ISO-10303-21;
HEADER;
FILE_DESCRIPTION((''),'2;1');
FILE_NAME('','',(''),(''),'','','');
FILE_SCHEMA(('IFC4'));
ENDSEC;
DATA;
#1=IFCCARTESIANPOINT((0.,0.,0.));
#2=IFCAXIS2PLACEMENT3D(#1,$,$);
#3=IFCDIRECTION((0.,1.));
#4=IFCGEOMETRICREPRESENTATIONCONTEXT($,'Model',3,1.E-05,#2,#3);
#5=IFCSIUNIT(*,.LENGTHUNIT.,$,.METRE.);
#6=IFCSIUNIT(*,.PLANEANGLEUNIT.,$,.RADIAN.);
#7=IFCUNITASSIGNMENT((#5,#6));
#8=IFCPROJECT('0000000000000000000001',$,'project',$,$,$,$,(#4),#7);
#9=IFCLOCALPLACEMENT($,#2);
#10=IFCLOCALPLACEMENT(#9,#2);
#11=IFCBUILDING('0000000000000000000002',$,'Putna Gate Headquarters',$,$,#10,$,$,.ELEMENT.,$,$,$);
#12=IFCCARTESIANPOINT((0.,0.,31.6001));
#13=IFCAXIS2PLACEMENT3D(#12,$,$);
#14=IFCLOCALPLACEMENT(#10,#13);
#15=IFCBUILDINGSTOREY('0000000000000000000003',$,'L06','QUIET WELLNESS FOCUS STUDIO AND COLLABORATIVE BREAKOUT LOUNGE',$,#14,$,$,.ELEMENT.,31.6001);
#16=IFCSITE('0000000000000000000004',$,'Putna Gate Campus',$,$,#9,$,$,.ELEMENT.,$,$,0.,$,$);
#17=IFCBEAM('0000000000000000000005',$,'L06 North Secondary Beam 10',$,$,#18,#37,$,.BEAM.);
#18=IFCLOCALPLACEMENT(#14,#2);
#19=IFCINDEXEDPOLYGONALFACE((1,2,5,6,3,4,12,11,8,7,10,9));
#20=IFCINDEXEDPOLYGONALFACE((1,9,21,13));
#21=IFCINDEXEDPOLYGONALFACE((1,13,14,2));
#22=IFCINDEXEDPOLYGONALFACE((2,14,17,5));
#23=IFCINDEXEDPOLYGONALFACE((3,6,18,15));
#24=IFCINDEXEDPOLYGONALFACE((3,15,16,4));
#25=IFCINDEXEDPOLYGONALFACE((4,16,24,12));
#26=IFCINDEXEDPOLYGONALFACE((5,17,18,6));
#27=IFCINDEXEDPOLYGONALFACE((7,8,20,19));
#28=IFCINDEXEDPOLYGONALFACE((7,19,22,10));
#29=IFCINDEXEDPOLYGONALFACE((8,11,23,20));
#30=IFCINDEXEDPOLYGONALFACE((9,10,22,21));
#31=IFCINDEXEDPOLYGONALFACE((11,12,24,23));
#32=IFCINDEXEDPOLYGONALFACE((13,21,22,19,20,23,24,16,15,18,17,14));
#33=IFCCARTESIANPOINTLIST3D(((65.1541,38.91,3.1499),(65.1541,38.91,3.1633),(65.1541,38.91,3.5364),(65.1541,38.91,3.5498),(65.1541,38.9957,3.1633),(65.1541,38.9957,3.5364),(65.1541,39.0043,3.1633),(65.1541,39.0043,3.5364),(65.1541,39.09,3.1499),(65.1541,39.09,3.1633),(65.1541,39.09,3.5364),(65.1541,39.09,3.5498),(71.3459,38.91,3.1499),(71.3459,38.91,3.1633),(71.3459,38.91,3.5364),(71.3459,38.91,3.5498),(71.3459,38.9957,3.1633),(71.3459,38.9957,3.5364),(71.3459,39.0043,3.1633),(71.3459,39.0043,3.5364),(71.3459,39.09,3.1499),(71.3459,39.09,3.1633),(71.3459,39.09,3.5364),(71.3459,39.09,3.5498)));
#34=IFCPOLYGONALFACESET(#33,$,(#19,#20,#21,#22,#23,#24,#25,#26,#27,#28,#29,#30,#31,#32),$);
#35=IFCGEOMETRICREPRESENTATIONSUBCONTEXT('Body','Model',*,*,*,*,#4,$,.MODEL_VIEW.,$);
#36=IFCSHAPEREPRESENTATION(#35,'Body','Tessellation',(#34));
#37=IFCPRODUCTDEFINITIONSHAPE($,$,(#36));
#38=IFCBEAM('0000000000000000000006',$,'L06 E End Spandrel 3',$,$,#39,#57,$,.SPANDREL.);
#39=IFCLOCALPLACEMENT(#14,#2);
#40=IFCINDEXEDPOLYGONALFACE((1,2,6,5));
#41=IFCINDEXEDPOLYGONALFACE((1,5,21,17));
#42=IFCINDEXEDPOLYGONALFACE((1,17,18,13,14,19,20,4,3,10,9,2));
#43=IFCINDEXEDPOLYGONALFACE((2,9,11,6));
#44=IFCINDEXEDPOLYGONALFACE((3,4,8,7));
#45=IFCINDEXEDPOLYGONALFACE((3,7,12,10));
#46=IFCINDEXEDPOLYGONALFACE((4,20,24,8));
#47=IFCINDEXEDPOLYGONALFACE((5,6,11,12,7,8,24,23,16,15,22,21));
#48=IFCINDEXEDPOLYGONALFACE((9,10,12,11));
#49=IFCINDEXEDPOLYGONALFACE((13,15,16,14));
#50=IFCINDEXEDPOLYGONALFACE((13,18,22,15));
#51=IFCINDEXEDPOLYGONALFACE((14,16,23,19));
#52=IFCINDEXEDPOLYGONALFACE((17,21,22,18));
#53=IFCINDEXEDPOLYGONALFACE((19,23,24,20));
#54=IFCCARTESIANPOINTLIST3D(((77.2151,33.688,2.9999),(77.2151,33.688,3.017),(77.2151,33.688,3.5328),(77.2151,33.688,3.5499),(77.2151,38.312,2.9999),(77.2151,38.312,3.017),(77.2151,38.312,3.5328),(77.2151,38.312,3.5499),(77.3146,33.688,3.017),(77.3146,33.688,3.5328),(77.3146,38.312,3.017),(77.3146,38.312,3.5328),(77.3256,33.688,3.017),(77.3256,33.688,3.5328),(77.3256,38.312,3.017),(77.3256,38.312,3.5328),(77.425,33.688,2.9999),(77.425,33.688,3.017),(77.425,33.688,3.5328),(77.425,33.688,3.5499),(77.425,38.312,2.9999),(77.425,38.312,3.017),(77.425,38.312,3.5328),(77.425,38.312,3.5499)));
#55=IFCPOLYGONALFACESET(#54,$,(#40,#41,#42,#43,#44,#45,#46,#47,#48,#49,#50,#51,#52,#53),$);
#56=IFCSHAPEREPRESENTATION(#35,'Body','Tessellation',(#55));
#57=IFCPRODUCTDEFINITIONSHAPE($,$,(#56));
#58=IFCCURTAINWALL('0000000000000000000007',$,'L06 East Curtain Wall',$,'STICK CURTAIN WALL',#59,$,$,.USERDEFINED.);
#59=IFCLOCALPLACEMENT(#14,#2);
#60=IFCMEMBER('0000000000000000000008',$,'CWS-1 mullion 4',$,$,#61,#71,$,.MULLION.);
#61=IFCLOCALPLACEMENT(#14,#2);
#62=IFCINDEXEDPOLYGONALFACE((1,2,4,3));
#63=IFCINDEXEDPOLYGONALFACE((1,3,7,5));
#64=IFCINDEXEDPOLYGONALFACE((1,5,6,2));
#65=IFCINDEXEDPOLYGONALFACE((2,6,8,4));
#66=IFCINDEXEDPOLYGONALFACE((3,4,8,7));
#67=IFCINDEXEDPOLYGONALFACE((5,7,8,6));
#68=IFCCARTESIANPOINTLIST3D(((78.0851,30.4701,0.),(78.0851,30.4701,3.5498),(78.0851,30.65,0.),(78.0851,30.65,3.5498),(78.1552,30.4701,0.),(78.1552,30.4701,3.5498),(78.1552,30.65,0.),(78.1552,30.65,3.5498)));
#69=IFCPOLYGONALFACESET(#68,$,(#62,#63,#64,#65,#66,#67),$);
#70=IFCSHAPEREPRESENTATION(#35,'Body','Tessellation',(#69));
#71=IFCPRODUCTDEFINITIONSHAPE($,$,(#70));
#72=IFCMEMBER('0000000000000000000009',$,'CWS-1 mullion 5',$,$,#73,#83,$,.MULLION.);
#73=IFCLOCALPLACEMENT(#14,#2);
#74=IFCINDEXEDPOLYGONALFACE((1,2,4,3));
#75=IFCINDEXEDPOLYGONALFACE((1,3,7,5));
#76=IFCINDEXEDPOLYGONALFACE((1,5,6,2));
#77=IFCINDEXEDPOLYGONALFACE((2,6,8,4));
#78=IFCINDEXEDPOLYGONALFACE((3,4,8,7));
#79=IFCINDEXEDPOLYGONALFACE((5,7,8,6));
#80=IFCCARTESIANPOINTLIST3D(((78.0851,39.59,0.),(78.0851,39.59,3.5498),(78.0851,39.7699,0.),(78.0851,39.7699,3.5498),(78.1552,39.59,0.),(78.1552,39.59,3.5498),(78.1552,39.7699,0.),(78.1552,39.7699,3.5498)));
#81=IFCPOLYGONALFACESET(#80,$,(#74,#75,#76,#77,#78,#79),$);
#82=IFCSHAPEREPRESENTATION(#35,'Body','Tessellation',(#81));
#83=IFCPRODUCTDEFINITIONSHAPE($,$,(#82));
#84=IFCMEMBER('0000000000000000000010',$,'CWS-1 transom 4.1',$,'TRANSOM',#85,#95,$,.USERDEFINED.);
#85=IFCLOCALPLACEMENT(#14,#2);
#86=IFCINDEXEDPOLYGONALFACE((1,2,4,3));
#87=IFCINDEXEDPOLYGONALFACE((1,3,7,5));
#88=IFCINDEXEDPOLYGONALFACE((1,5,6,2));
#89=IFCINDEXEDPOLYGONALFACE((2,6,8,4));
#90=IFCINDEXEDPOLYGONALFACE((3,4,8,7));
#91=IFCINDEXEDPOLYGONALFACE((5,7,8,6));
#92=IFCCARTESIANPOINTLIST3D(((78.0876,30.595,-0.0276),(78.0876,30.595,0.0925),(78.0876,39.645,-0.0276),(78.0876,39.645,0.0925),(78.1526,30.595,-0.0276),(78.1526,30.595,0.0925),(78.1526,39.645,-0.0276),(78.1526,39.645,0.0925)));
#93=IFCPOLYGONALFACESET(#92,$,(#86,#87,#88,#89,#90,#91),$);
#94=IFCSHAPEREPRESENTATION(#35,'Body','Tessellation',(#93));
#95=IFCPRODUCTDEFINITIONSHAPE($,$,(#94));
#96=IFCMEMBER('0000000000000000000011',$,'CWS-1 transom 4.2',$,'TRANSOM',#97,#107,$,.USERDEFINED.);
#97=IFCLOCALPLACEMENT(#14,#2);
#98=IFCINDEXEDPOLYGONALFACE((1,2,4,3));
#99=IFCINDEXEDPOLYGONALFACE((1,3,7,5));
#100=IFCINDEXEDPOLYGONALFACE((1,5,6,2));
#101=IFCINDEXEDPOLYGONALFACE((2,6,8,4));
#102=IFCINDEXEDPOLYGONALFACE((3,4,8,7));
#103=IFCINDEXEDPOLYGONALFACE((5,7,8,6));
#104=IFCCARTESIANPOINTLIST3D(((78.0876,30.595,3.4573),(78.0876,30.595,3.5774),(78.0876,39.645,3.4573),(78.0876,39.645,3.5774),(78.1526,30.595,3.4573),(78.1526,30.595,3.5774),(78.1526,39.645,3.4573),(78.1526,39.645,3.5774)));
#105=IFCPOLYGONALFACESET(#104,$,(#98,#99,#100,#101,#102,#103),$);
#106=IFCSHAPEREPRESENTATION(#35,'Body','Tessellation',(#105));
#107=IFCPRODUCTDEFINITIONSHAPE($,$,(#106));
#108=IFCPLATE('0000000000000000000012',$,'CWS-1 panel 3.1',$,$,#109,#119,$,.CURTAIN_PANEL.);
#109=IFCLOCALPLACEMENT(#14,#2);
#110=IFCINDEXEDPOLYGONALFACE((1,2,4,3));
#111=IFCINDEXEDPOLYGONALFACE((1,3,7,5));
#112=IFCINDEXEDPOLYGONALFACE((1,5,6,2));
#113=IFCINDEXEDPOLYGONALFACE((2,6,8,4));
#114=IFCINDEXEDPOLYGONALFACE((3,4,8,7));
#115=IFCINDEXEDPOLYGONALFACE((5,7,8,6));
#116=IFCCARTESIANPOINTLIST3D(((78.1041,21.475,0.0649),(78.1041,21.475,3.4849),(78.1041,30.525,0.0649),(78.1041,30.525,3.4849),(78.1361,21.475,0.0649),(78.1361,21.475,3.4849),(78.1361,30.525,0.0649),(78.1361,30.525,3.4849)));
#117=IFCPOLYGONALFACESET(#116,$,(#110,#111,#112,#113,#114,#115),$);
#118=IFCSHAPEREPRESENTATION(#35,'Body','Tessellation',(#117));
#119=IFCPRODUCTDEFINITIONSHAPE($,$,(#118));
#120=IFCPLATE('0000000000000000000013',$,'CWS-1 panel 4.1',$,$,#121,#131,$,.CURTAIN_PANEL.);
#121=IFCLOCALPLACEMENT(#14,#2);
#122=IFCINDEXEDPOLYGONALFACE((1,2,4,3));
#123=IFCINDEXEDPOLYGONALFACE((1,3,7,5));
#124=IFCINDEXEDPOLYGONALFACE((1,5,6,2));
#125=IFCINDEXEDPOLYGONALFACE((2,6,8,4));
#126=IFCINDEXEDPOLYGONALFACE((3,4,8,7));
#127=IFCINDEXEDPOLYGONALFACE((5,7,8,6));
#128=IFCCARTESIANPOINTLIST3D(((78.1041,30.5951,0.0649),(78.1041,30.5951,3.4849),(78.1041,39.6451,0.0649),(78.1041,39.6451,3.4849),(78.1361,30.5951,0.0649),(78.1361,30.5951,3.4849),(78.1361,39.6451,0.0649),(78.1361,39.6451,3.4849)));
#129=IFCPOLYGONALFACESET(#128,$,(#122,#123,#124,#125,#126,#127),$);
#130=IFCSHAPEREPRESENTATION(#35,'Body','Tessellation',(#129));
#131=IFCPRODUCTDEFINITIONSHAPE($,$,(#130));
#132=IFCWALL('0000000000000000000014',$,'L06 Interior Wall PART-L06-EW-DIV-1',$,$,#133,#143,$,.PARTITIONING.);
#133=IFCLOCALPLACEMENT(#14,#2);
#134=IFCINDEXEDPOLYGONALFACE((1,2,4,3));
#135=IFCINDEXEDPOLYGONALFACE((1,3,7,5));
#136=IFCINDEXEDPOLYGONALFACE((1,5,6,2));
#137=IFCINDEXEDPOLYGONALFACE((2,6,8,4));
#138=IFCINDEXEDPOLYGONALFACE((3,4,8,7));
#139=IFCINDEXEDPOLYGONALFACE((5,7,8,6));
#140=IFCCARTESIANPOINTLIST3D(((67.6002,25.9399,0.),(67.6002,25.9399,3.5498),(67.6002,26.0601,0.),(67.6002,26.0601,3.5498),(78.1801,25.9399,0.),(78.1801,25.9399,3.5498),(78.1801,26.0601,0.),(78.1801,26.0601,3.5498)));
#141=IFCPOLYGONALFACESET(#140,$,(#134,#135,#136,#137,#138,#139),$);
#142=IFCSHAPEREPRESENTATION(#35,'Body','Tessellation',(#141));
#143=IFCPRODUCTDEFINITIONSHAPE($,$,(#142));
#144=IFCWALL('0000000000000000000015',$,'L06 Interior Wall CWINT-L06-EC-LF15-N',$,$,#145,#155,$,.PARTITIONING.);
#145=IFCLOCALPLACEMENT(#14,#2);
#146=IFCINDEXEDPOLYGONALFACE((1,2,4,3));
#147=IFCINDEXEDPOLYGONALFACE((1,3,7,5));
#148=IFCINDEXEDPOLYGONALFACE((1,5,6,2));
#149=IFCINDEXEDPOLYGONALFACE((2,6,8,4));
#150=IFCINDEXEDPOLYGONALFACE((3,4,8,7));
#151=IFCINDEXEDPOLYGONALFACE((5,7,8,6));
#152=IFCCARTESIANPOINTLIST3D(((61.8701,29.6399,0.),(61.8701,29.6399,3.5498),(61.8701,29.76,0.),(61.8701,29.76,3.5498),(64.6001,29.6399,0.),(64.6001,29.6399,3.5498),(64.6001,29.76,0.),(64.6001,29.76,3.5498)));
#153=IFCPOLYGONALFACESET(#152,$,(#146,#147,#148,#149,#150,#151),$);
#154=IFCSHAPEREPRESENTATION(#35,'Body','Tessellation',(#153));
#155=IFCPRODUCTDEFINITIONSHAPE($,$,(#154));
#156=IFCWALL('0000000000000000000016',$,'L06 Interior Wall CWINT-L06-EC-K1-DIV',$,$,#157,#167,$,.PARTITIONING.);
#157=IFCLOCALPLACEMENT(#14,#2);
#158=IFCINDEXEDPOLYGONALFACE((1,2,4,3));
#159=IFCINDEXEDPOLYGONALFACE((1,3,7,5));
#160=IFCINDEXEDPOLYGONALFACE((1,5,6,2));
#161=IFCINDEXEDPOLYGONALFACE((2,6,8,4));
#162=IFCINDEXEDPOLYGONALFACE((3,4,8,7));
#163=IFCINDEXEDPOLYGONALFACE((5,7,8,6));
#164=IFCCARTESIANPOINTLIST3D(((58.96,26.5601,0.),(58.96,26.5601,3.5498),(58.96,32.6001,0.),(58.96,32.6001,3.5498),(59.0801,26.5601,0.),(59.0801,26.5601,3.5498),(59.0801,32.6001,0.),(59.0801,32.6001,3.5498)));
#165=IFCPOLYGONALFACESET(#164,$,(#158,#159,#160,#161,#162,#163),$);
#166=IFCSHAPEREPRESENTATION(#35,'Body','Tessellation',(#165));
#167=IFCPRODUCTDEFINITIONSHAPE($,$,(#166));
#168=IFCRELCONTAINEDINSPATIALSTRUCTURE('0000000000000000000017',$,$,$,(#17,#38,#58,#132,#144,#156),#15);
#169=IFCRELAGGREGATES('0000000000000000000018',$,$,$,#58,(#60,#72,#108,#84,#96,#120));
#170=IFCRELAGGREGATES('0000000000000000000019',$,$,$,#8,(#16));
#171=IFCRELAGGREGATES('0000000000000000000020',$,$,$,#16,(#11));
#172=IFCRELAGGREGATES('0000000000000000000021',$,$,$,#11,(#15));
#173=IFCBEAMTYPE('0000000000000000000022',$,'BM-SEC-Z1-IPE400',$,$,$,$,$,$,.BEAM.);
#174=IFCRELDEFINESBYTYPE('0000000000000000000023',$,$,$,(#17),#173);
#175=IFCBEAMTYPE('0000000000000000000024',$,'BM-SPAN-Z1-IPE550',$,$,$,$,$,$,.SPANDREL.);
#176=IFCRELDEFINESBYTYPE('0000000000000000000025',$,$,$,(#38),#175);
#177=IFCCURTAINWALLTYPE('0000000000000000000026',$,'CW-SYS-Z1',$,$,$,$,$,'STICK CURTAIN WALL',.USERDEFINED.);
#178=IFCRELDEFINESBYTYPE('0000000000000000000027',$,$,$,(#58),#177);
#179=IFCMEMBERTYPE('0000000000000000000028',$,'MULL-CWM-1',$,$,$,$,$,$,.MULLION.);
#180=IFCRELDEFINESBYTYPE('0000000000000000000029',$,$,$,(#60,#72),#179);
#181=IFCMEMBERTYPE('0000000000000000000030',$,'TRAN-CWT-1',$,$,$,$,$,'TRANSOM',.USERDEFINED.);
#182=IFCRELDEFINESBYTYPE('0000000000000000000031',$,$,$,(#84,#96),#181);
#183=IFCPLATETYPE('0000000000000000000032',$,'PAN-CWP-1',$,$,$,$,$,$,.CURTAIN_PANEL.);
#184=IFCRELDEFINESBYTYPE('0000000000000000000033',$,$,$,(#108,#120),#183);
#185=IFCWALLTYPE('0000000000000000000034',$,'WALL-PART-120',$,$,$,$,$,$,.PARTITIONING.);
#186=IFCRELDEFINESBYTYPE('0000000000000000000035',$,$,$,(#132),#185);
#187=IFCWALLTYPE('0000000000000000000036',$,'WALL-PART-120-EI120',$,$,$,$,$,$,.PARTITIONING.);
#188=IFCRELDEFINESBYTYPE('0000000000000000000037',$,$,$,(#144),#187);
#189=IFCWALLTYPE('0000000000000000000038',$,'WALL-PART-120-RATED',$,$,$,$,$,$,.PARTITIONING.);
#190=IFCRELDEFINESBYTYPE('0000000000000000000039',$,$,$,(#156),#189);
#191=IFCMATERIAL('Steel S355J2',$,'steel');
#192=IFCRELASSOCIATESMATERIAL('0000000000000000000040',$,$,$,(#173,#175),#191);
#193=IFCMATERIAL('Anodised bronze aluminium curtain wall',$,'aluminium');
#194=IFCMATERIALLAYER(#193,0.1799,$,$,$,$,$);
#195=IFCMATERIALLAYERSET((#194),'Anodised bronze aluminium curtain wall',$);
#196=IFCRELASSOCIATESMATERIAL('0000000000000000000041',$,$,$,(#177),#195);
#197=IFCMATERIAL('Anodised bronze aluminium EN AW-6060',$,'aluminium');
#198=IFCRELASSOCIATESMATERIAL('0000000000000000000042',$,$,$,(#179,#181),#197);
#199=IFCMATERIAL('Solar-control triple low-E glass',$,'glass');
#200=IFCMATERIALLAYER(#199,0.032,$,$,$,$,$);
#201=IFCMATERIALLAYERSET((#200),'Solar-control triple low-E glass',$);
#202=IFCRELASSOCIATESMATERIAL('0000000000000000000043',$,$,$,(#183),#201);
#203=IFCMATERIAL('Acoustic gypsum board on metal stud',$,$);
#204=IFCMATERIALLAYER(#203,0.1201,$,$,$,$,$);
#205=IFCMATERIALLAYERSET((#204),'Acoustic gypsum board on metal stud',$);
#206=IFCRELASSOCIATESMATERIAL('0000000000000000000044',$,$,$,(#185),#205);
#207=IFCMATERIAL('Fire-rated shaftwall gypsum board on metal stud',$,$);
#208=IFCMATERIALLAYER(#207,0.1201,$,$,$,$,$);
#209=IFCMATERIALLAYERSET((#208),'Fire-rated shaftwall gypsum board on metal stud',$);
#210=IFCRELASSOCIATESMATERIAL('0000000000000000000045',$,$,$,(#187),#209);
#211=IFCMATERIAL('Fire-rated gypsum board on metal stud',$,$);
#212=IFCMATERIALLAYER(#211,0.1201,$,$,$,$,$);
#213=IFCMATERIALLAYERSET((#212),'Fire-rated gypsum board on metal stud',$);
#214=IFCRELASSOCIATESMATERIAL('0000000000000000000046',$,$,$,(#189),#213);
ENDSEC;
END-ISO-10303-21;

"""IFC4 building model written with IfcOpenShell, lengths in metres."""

from ifc_helpers import new_model, si_unit, direction, frame, frame_2d, origin, origin_2d, place, context, subcontext, project, spatial, rectangle, i_section, extrude, material, layer, layer_set, material_profile, profile_set, type_object, element, aggregate, save


model = new_model("IFC4")

# Units and contexts
model_context = context("Model", 3, precision=1e-05, world=origin(), true_north=direction((0.0, 1.0)))
body_context = subcontext(model_context, "Body", "Model", "MODEL_VIEW")
ifc_project = project(units=[si_unit("LENGTHUNIT", "METRE"), si_unit("PLANEANGLEUNIT", "RADIAN")], contexts=[model_context])

# Site, building, storey
site_placement = place(None, origin())
site = spatial("IfcSite", under=ifc_project, at=site_placement, Name="Putna Gate Campus", CompositionType="ELEMENT", RefElevation=0.0)
building_placement = place(site_placement, origin())
building = spatial("IfcBuilding", under=site, at=building_placement, Name="Putna Gate Headquarters", CompositionType="ELEMENT")
storey_placement = place(building_placement, frame((0.0, 0.0, 31.6001)))
storey = spatial("IfcBuildingStorey", under=building, at=storey_placement, Name="L06", Description="QUIET WELLNESS FOCUS STUDIO AND COLLABORATIVE BREAKOUT LOUNGE", CompositionType="ELEMENT", Elevation=31.6001)

# Beams
ifc_material_1 = material(Name="Steel S355J2", Category="steel")
ifc_material_profile_1 = material_profile(ifc_material_1, i_section(OverallWidth=0.1799, OverallDepth=0.3999, WebThickness=0.0085, FlangeThickness=0.0134, at=origin_2d()), Name="Steel S355J2")
ifc_profile_set_1 = profile_set([ifc_material_profile_1], Name="Steel S355J2")
beam_type_1 = type_object("IfcBeamType", Name="BM-SEC-Z1-IPE400", PredefinedType="BEAM", material=ifc_profile_set_1)
beam_1_placement = place(storey_placement, frame((65.1541, 39.0, 3.3499), z_axis=(1.0, 0.0, 0.0), x_axis=(0.0, 1.0, 0.0)))
element("IfcBeam", 1, at=beam_1_placement, inside=storey, type_object=beam_type_1, Name="L06 North Secondary Beam 10", PredefinedType="BEAM", context=body_context, shape_type="SweptSolid", body=[
    extrude(i_section(OverallWidth=0.1799, OverallDepth=0.3999, WebThickness=0.0085, FlangeThickness=0.0134, at=origin_2d()), origin(), (0.0, 0.0, 1.0), 6.1919),
])
ifc_material_profile_2 = material_profile(ifc_material_1, i_section(OverallWidth=0.21, OverallDepth=0.55, WebThickness=0.011, FlangeThickness=0.0171, at=origin_2d()), Name="Steel S355J2")
ifc_profile_set_2 = profile_set([ifc_material_profile_2], Name="Steel S355J2")
beam_type_2 = type_object("IfcBeamType", Name="BM-SPAN-Z1-IPE550", PredefinedType="SPANDREL", material=ifc_profile_set_2)
beam_2_placement = place(storey_placement, frame((77.3201, 33.688, 3.2749), z_axis=(0.0, 1.0, 0.0), x_axis=(-1.0, 0.0, 0.0)))
element("IfcBeam", 2, at=beam_2_placement, inside=storey, type_object=beam_type_2, Name="L06 E End Spandrel 3", PredefinedType="SPANDREL", context=body_context, shape_type="SweptSolid", body=[
    extrude(i_section(OverallWidth=0.21, OverallDepth=0.55, WebThickness=0.011, FlangeThickness=0.0171, at=origin_2d()), origin(), (0.0, 0.0, 1.0), 4.624),
])

# Curtain wall, members, plates
ifc_material_2 = material(Name="Anodised bronze aluminium curtain wall", Category="aluminium")
ifc_layer_1 = layer(ifc_material_2, 0.1799)
ifc_layer_set_1 = layer_set([ifc_layer_1], Name="Anodised bronze aluminium curtain wall")
curtain_wall_type = type_object("IfcCurtainWallType", Name="CW-SYS-Z1", ElementType="STICK CURTAIN WALL", PredefinedType="USERDEFINED", material=ifc_layer_set_1)
curtain_wall_placement = place(storey_placement, origin())
curtain_wall = element("IfcCurtainWall", 3, at=curtain_wall_placement, inside=storey, type_object=curtain_wall_type, Name="L06 East Curtain Wall", ObjectType="STICK CURTAIN WALL", PredefinedType="USERDEFINED")
ifc_material_3 = material(Name="Anodised bronze aluminium EN AW-6060", Category="aluminium")
ifc_material_profile_3 = material_profile(ifc_material_3, rectangle(XDim=0.0701, YDim=0.1799, at=origin_2d()), Name="Anodised bronze aluminium EN AW-6060")
ifc_profile_set_3 = profile_set([ifc_material_profile_3], Name="Anodised bronze aluminium EN AW-6060")
member_type_1 = type_object("IfcMemberType", Name="MULL-CWM-1", PredefinedType="MULLION", material=ifc_profile_set_3)
member_1_placement = place(storey_placement, frame((78.1201, 30.5601, 0.0), z_axis=(0.0, 0.0, 1.0), x_axis=(-1.0, 0.0, 0.0)))
member_1 = element("IfcMember", 4, at=member_1_placement, type_object=member_type_1, Name="CWS-1 mullion 4", PredefinedType="MULLION", context=body_context, shape_type="SweptSolid", body=[
    extrude(rectangle(XDim=0.0701, YDim=0.1799, at=origin_2d()), origin(), (0.0, 0.0, 1.0), 3.5498),
])
member_2_placement = place(storey_placement, frame((78.1201, 39.6799, 0.0), z_axis=(0.0, 0.0, 1.0), x_axis=(-1.0, 0.0, 0.0)))
member_2 = element("IfcMember", 5, at=member_2_placement, type_object=member_type_1, Name="CWS-1 mullion 5", PredefinedType="MULLION", context=body_context, shape_type="SweptSolid", body=[
    extrude(rectangle(XDim=0.0701, YDim=0.1799, at=origin_2d()), origin(), (0.0, 0.0, 1.0), 3.5498),
])
ifc_material_profile_4 = material_profile(ifc_material_3, rectangle(XDim=0.0649, YDim=0.1201, at=origin_2d()), Name="Anodised bronze aluminium EN AW-6060")
ifc_profile_set_4 = profile_set([ifc_material_profile_4], Name="Anodised bronze aluminium EN AW-6060")
member_type_2 = type_object("IfcMemberType", Name="TRAN-CWT-1", ElementType="TRANSOM", PredefinedType="USERDEFINED", material=ifc_profile_set_4)
member_3_placement = place(storey_placement, frame((78.1201, 30.595, 0.0325), z_axis=(0.0, 1.0, 0.0), x_axis=(-1.0, 0.0, 0.0)))
member_3 = element("IfcMember", 6, at=member_3_placement, type_object=member_type_2, Name="CWS-1 transom 4.1", ObjectType="TRANSOM", PredefinedType="USERDEFINED", context=body_context, shape_type="SweptSolid", body=[
    extrude(rectangle(XDim=0.0649, YDim=0.1201, at=origin_2d()), origin(), (0.0, 0.0, 1.0), 9.05),
])
member_4_placement = place(storey_placement, frame((78.1201, 30.595, 3.5173), z_axis=(0.0, 1.0, 0.0), x_axis=(-1.0, 0.0, 0.0)))
member_4 = element("IfcMember", 7, at=member_4_placement, type_object=member_type_2, Name="CWS-1 transom 4.2", ObjectType="TRANSOM", PredefinedType="USERDEFINED", context=body_context, shape_type="SweptSolid", body=[
    extrude(rectangle(XDim=0.0649, YDim=0.1201, at=origin_2d()), origin(), (0.0, 0.0, 1.0), 9.05),
])
ifc_material_4 = material(Name="Solar-control triple low-E glass", Category="glass")
ifc_layer_2 = layer(ifc_material_4, 0.032)
ifc_layer_set_2 = layer_set([ifc_layer_2], Name="Solar-control triple low-E glass")
plate_type = type_object("IfcPlateType", Name="PAN-CWP-1", PredefinedType="CURTAIN_PANEL", material=ifc_layer_set_2)
plate_1_placement = place(storey_placement, frame((78.1201, 26.0, 0.0649), z_axis=(0.0, 0.0, 1.0), x_axis=(0.0, 1.0, 0.0)))
plate_1 = element("IfcPlate", 8, at=plate_1_placement, type_object=plate_type, Name="CWS-1 panel 3.1", PredefinedType="CURTAIN_PANEL", context=body_context, shape_type="SweptSolid", body=[
    extrude(rectangle(XDim=9.05, YDim=0.032, at=origin_2d()), origin(), (0.0, 0.0, 1.0), 3.4199),
])
plate_2_placement = place(storey_placement, frame((78.1201, 35.1201, 0.0649), z_axis=(0.0, 0.0, 1.0), x_axis=(0.0, 1.0, 0.0)))
plate_2 = element("IfcPlate", 9, at=plate_2_placement, type_object=plate_type, Name="CWS-1 panel 4.1", PredefinedType="CURTAIN_PANEL", context=body_context, shape_type="SweptSolid", body=[
    extrude(rectangle(XDim=9.05, YDim=0.032, at=origin_2d()), origin(), (0.0, 0.0, 1.0), 3.4199),
])
aggregate(curtain_wall, [member_1, member_2, plate_1, member_3, member_4, plate_2])

# Walls
ifc_material_5 = material(Name="Acoustic gypsum board on metal stud")
ifc_layer_3 = layer(ifc_material_5, 0.1201)
ifc_layer_set_3 = layer_set([ifc_layer_3], Name="Acoustic gypsum board on metal stud")
wall_type_1 = type_object("IfcWallType", Name="WALL-PART-120", PredefinedType="PARTITIONING", material=ifc_layer_set_3)
wall_1_placement = place(storey_placement, frame((67.6001, 26.0, 0.0), z_axis=(0.0, 0.0, 1.0), x_axis=(1.0, 0.0, 0.0)))
element("IfcWall", 10, at=wall_1_placement, inside=storey, type_object=wall_type_1, Name="L06 Interior Wall PART-L06-EW-DIV-1", PredefinedType="PARTITIONING", context=body_context, shape_type="SweptSolid", body=[
    extrude(rectangle(XDim=10.5798, YDim=0.1201, at=frame_2d((5.29, 0.0))), origin(), (0.0, 0.0, 1.0), 3.5498),
])
ifc_material_6 = material(Name="Fire-rated shaftwall gypsum board on metal stud")
ifc_layer_4 = layer(ifc_material_6, 0.1201)
ifc_layer_set_4 = layer_set([ifc_layer_4], Name="Fire-rated shaftwall gypsum board on metal stud")
wall_type_2 = type_object("IfcWallType", Name="WALL-PART-120-EI120", PredefinedType="PARTITIONING", material=ifc_layer_set_4)
wall_2_placement = place(storey_placement, frame((61.8701, 29.7, 0.0), z_axis=(0.0, 0.0, 1.0), x_axis=(1.0, 0.0, 0.0)))
element("IfcWall", 11, at=wall_2_placement, inside=storey, type_object=wall_type_2, Name="L06 Interior Wall CWINT-L06-EC-LF15-N", PredefinedType="PARTITIONING", context=body_context, shape_type="SweptSolid", body=[
    extrude(rectangle(XDim=2.73, YDim=0.1201, at=frame_2d((1.365, 0.0))), origin(), (0.0, 0.0, 1.0), 3.5498),
])
ifc_material_7 = material(Name="Fire-rated gypsum board on metal stud")
ifc_layer_5 = layer(ifc_material_7, 0.1201)
ifc_layer_set_5 = layer_set([ifc_layer_5], Name="Fire-rated gypsum board on metal stud")
wall_type_3 = type_object("IfcWallType", Name="WALL-PART-120-RATED", PredefinedType="PARTITIONING", material=ifc_layer_set_5)
wall_3_placement = place(storey_placement, frame((59.02, 26.5601, 0.0), z_axis=(0.0, 0.0, 1.0), x_axis=(0.0, 1.0, 0.0)))
element("IfcWall", 12, at=wall_3_placement, inside=storey, type_object=wall_type_3, Name="L06 Interior Wall CWINT-L06-EC-K1-DIV", PredefinedType="PARTITIONING", context=body_context, shape_type="SweptSolid", body=[
    extrude(rectangle(XDim=6.04, YDim=0.1201, at=frame_2d((3.02, 0.0))), origin(), (0.0, 0.0, 1.0), 3.5498),
])

save(model, "model.ifc")
